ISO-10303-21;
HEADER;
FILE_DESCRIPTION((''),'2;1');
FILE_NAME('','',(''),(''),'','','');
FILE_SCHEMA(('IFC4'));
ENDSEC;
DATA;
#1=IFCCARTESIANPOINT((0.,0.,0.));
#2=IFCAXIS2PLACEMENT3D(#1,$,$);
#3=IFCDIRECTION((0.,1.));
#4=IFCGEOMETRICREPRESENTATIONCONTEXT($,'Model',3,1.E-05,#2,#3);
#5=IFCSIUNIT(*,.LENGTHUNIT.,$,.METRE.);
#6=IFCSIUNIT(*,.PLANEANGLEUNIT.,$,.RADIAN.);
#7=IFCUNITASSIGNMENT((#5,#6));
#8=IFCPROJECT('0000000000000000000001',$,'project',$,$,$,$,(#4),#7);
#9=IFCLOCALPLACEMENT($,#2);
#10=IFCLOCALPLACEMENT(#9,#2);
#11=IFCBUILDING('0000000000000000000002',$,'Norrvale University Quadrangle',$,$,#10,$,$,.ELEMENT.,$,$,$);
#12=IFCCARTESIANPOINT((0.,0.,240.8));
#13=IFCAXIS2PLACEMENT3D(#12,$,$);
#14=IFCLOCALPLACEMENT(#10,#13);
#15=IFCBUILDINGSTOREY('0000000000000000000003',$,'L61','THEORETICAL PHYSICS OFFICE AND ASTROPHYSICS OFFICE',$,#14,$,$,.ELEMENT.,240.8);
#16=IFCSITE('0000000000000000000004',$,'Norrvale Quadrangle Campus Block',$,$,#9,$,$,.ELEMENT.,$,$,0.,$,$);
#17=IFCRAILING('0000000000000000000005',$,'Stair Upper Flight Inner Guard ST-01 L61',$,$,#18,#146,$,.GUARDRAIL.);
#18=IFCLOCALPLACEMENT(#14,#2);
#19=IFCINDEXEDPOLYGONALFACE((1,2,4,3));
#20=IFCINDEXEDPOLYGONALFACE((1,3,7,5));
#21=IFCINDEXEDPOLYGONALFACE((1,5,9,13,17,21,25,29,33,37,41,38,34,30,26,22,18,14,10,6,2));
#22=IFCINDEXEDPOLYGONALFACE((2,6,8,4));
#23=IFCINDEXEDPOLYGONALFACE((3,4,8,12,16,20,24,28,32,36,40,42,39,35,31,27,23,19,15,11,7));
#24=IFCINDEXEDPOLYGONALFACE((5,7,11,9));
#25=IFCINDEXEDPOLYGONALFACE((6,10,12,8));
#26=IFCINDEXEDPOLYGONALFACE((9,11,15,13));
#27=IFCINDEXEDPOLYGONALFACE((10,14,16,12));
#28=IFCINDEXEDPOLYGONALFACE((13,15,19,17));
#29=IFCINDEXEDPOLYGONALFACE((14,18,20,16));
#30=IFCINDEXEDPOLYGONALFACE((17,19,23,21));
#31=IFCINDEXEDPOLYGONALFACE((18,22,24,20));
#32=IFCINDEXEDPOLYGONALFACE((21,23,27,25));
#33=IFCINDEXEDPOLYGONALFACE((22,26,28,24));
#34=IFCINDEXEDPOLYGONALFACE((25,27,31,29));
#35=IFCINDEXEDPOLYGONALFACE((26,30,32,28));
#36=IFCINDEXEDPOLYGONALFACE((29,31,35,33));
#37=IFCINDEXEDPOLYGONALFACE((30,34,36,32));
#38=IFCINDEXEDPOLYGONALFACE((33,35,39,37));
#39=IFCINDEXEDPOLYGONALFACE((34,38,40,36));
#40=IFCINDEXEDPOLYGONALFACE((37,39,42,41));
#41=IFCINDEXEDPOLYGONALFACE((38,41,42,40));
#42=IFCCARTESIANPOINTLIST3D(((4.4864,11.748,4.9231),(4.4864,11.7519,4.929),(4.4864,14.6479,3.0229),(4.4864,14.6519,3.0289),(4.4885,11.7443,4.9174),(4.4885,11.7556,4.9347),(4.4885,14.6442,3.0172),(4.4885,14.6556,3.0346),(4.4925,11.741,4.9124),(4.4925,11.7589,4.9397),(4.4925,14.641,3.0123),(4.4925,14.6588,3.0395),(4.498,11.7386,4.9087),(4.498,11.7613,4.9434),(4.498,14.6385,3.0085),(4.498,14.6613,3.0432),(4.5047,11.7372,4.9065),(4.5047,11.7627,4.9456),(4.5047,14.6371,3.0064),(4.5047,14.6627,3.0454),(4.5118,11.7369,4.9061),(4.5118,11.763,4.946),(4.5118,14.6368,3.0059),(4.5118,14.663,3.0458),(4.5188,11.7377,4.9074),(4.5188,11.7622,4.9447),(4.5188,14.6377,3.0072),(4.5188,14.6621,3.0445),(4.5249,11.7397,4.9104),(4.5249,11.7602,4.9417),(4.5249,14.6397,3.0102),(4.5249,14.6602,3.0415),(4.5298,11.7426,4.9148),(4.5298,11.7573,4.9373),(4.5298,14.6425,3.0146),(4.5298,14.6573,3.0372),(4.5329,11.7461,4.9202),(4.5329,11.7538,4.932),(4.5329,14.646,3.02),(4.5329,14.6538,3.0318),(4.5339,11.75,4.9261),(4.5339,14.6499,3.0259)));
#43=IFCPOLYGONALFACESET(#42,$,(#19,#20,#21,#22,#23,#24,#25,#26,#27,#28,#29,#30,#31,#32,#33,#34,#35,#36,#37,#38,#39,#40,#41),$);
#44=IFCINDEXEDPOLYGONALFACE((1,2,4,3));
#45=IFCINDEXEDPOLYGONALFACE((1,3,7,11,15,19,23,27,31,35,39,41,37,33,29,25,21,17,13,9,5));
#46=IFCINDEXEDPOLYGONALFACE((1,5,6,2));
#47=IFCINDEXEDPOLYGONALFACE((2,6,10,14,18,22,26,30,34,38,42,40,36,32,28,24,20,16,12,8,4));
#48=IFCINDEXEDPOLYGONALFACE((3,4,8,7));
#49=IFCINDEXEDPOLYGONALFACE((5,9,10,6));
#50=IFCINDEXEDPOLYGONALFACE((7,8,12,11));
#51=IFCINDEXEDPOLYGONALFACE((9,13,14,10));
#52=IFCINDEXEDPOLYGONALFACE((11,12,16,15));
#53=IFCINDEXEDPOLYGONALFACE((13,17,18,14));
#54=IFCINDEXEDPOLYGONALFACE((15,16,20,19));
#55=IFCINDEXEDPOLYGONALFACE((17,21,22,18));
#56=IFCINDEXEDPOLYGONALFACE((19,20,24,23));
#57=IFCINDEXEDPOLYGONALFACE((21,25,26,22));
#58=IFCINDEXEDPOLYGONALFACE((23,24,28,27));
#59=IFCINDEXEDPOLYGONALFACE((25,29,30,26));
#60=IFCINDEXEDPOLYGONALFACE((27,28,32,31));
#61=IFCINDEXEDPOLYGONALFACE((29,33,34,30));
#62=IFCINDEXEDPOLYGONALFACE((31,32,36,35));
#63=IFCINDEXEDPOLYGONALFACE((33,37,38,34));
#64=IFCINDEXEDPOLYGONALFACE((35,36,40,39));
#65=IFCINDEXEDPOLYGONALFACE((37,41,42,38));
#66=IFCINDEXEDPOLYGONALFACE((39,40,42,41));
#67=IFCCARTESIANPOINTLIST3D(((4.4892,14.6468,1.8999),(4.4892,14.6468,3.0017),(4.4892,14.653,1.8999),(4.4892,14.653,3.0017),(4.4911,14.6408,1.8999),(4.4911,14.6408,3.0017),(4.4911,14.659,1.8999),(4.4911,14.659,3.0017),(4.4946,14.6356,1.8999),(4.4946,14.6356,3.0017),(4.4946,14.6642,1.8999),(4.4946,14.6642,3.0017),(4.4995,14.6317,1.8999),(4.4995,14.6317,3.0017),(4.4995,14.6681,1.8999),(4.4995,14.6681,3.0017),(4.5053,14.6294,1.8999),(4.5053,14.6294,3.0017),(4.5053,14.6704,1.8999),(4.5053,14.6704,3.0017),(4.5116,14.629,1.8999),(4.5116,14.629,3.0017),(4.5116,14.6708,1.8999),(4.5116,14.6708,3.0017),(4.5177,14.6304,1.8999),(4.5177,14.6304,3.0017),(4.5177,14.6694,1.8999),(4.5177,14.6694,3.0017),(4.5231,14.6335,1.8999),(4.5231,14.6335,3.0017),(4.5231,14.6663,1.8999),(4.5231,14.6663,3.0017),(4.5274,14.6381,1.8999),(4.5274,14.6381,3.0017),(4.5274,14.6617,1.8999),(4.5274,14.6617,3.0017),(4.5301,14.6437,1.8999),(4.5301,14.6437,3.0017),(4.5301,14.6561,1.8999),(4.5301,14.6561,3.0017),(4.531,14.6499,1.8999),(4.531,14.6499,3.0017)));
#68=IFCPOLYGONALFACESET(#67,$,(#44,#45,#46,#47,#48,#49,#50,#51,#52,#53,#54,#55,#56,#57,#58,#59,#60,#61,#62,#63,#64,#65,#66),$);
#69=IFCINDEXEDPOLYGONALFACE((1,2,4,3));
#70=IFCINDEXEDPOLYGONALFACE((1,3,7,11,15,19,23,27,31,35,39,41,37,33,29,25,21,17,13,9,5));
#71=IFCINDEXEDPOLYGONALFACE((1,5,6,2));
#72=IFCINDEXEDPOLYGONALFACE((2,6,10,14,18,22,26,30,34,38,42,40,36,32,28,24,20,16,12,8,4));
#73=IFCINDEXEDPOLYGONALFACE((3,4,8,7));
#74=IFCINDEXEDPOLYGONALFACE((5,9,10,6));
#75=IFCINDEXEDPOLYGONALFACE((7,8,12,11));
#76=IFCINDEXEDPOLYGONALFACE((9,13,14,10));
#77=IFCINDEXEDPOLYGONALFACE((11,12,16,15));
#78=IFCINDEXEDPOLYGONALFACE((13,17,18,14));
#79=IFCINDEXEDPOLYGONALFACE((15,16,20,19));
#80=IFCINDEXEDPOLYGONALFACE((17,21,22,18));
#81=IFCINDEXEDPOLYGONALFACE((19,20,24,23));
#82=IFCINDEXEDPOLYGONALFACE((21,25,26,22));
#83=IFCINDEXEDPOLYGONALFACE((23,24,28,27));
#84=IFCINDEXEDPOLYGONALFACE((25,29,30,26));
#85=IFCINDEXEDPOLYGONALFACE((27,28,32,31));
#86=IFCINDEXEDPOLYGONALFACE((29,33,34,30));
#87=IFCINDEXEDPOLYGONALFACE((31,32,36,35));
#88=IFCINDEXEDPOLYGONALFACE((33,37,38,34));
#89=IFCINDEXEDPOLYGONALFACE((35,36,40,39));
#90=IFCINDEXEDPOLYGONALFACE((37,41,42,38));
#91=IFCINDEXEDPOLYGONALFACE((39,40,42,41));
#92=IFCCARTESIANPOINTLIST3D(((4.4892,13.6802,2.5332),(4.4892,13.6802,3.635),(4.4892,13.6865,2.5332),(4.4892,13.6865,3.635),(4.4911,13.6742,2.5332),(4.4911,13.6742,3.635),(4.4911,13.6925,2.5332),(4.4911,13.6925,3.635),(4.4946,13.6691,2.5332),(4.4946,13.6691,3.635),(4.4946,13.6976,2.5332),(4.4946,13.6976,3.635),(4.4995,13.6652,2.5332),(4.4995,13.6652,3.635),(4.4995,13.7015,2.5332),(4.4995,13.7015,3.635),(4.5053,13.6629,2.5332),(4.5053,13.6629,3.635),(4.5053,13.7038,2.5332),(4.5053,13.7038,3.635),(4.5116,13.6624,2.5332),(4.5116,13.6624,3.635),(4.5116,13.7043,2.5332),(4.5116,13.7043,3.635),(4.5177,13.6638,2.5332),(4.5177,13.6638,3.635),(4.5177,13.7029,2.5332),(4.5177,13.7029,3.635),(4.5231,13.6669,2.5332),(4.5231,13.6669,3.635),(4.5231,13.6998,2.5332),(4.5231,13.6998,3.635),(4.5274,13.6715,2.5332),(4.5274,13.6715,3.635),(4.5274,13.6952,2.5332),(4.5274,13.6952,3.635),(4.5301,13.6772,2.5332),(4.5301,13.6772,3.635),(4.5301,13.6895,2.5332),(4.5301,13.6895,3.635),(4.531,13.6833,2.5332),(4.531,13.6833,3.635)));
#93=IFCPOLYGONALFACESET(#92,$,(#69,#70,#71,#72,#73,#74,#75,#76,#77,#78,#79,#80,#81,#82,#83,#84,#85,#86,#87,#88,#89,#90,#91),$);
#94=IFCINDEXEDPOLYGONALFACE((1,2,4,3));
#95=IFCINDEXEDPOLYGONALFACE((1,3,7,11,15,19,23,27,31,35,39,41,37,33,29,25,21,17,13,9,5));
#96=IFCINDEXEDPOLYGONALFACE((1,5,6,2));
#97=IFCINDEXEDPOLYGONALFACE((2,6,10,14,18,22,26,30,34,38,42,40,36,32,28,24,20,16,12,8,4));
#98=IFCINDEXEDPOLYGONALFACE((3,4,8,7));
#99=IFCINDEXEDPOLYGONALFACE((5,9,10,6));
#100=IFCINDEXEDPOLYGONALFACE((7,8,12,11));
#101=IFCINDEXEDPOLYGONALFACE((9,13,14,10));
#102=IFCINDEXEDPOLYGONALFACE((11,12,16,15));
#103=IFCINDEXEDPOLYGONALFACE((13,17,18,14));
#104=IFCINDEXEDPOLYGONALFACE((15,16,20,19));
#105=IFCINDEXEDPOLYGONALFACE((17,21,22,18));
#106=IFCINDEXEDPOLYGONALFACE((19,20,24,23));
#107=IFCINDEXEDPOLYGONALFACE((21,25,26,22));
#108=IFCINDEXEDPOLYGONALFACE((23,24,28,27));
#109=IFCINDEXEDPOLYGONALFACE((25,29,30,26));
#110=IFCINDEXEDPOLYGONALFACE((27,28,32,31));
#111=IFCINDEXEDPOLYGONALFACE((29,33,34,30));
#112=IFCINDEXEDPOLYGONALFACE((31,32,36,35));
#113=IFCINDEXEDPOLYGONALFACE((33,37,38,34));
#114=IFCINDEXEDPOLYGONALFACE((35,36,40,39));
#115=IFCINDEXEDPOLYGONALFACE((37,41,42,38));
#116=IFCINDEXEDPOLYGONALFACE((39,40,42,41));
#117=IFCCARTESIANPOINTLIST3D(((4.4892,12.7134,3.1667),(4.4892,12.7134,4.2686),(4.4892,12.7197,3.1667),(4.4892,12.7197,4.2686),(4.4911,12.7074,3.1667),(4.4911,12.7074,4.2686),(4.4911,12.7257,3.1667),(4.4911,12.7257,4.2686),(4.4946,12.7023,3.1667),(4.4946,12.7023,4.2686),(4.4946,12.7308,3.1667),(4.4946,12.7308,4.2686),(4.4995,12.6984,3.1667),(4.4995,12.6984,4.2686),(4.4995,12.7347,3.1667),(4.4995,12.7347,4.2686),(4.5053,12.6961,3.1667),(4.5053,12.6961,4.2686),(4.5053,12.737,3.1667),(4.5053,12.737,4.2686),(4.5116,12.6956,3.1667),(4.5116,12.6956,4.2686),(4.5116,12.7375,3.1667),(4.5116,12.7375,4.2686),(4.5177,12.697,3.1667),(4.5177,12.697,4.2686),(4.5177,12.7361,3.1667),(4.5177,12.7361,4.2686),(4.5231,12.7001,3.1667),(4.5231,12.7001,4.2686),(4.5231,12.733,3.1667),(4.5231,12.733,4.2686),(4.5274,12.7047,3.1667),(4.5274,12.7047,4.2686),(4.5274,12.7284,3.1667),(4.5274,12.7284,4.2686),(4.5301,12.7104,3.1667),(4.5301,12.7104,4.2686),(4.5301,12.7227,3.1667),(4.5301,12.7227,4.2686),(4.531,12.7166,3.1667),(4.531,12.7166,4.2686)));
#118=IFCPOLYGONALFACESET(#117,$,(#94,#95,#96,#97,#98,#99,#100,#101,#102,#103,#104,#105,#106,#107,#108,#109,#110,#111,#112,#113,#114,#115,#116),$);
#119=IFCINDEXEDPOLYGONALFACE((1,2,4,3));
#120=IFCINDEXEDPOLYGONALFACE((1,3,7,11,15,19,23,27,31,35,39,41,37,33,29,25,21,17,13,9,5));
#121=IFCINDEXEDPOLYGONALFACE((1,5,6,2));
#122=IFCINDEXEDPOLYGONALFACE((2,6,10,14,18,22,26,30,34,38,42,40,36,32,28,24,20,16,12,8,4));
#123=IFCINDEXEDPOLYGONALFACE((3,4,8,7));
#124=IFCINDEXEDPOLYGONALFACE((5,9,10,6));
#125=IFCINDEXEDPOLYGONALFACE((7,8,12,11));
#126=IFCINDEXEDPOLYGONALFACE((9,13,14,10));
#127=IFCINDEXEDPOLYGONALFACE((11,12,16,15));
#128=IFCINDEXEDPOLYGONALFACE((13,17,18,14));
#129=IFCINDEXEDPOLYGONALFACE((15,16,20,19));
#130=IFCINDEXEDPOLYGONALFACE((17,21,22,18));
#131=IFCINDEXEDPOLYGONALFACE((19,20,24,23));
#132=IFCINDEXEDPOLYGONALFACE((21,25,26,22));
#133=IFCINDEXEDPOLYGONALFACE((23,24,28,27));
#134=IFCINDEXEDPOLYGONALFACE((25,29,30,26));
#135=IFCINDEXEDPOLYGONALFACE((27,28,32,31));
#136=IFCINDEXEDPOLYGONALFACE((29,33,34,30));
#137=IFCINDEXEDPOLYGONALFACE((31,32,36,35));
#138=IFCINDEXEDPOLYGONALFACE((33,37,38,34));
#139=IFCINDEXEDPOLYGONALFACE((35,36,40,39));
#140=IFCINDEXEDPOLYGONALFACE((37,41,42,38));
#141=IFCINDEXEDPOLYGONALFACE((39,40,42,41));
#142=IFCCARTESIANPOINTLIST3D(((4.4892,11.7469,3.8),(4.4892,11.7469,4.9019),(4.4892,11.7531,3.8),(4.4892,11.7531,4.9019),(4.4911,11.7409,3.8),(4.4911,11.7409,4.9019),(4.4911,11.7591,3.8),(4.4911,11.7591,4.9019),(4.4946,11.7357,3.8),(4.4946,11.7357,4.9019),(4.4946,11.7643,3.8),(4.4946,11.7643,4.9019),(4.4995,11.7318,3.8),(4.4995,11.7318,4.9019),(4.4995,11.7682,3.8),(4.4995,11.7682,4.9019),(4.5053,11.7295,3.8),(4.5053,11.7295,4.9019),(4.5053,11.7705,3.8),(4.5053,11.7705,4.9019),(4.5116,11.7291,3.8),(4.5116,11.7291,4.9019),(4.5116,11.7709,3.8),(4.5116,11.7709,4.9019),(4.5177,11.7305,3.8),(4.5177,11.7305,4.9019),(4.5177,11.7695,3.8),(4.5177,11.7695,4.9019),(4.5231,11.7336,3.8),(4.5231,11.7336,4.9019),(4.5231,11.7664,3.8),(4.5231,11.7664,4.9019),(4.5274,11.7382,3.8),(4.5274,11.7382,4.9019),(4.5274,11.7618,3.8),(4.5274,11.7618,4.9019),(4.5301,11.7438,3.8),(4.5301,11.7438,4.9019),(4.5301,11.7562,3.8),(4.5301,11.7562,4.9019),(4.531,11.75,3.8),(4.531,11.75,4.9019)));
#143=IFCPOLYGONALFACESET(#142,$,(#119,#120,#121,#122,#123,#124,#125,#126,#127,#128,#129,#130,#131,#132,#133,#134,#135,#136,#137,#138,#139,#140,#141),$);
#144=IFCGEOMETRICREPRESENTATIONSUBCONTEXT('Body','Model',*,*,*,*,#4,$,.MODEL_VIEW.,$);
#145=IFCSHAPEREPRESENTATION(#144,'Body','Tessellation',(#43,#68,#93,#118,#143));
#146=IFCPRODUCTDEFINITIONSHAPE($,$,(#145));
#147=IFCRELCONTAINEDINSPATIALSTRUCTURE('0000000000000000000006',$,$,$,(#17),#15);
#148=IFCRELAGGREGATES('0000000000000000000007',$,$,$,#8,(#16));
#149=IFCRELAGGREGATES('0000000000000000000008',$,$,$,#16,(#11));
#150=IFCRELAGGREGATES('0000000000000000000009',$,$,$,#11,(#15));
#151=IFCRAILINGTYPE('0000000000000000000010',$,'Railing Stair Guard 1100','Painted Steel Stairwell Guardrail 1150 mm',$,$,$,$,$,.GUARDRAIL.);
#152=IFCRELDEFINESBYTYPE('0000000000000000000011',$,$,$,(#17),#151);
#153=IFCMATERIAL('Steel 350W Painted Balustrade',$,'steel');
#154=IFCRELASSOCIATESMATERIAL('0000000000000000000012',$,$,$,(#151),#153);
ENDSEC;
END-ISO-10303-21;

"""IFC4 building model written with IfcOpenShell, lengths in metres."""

from ifc_helpers import new_model, si_unit, direction, frame, origin, origin_2d, place, context, subcontext, project, spatial, circle, extrude, material, type_object, element, save


model = new_model("IFC4")

# Units and contexts
model_context = context("Model", 3, precision=1e-05, world=origin(), true_north=direction((0.0, 1.0)))
body_context = subcontext(model_context, "Body", "Model", "MODEL_VIEW")
ifc_project = project(units=[si_unit("LENGTHUNIT", "METRE"), si_unit("PLANEANGLEUNIT", "RADIAN")], contexts=[model_context])

# Site, building, storey
site_placement = place(None, origin())
site = spatial("IfcSite", under=ifc_project, at=site_placement, Name="Norrvale Quadrangle Campus Block", CompositionType="ELEMENT", RefElevation=0.0)
building_placement = place(site_placement, origin())
building = spatial("IfcBuilding", under=site, at=building_placement, Name="Norrvale University Quadrangle", CompositionType="ELEMENT")
storey_placement = place(building_placement, frame((0.0, 0.0, 240.8)))
storey = spatial("IfcBuildingStorey", under=building, at=storey_placement, Name="L61", Description="THEORETICAL PHYSICS OFFICE AND ASTROPHYSICS OFFICE", CompositionType="ELEMENT", Elevation=240.8)

# Railing
ifc_material_1 = material(Name="Steel 350W Painted Balustrade", Category="steel")
railing_type_1 = type_object("IfcRailingType", Name="Railing Stair Guard 1100", Description="Painted Steel Stairwell Guardrail 1150 mm", PredefinedType="GUARDRAIL", material=ifc_material_1)
railing_1_placement = place(storey_placement, frame((4.51, 14.6499, 1.8999)))
element("IfcRailing", 1, at=railing_1_placement, inside=storey, type_object=railing_type_1, Name="Stair Upper Flight Inner Guard ST-01 L61", PredefinedType="GUARDRAIL", context=body_context, shape_type="SweptSolid", body=[
    extrude(circle(Radius=0.0239, at=origin_2d()), frame((0.0, 0.0, 1.126), z_axis=(0.0, -0.836433, 0.548069), x_axis=(1.0, 0.0, 0.0)), (0.0, 0.0, 1.0), 3.467),
    extrude(circle(Radius=0.021, at=origin_2d()), origin(), (0.0, 0.0, 1.0), 1.1018),
    extrude(circle(Radius=0.021, at=origin_2d()), frame((0.0, -0.9666, 0.6333)), (0.0, 0.0, 1.0), 1.1018),
    extrude(circle(Radius=0.021, at=origin_2d()), frame((0.0, -1.9333, 1.2668)), (0.0, 0.0, 1.0), 1.1018),
    extrude(circle(Radius=0.021, at=origin_2d()), frame((0.0, -2.8999, 1.9001)), (0.0, 0.0, 1.0), 1.1018),
])

save(model, "model.ifc")
